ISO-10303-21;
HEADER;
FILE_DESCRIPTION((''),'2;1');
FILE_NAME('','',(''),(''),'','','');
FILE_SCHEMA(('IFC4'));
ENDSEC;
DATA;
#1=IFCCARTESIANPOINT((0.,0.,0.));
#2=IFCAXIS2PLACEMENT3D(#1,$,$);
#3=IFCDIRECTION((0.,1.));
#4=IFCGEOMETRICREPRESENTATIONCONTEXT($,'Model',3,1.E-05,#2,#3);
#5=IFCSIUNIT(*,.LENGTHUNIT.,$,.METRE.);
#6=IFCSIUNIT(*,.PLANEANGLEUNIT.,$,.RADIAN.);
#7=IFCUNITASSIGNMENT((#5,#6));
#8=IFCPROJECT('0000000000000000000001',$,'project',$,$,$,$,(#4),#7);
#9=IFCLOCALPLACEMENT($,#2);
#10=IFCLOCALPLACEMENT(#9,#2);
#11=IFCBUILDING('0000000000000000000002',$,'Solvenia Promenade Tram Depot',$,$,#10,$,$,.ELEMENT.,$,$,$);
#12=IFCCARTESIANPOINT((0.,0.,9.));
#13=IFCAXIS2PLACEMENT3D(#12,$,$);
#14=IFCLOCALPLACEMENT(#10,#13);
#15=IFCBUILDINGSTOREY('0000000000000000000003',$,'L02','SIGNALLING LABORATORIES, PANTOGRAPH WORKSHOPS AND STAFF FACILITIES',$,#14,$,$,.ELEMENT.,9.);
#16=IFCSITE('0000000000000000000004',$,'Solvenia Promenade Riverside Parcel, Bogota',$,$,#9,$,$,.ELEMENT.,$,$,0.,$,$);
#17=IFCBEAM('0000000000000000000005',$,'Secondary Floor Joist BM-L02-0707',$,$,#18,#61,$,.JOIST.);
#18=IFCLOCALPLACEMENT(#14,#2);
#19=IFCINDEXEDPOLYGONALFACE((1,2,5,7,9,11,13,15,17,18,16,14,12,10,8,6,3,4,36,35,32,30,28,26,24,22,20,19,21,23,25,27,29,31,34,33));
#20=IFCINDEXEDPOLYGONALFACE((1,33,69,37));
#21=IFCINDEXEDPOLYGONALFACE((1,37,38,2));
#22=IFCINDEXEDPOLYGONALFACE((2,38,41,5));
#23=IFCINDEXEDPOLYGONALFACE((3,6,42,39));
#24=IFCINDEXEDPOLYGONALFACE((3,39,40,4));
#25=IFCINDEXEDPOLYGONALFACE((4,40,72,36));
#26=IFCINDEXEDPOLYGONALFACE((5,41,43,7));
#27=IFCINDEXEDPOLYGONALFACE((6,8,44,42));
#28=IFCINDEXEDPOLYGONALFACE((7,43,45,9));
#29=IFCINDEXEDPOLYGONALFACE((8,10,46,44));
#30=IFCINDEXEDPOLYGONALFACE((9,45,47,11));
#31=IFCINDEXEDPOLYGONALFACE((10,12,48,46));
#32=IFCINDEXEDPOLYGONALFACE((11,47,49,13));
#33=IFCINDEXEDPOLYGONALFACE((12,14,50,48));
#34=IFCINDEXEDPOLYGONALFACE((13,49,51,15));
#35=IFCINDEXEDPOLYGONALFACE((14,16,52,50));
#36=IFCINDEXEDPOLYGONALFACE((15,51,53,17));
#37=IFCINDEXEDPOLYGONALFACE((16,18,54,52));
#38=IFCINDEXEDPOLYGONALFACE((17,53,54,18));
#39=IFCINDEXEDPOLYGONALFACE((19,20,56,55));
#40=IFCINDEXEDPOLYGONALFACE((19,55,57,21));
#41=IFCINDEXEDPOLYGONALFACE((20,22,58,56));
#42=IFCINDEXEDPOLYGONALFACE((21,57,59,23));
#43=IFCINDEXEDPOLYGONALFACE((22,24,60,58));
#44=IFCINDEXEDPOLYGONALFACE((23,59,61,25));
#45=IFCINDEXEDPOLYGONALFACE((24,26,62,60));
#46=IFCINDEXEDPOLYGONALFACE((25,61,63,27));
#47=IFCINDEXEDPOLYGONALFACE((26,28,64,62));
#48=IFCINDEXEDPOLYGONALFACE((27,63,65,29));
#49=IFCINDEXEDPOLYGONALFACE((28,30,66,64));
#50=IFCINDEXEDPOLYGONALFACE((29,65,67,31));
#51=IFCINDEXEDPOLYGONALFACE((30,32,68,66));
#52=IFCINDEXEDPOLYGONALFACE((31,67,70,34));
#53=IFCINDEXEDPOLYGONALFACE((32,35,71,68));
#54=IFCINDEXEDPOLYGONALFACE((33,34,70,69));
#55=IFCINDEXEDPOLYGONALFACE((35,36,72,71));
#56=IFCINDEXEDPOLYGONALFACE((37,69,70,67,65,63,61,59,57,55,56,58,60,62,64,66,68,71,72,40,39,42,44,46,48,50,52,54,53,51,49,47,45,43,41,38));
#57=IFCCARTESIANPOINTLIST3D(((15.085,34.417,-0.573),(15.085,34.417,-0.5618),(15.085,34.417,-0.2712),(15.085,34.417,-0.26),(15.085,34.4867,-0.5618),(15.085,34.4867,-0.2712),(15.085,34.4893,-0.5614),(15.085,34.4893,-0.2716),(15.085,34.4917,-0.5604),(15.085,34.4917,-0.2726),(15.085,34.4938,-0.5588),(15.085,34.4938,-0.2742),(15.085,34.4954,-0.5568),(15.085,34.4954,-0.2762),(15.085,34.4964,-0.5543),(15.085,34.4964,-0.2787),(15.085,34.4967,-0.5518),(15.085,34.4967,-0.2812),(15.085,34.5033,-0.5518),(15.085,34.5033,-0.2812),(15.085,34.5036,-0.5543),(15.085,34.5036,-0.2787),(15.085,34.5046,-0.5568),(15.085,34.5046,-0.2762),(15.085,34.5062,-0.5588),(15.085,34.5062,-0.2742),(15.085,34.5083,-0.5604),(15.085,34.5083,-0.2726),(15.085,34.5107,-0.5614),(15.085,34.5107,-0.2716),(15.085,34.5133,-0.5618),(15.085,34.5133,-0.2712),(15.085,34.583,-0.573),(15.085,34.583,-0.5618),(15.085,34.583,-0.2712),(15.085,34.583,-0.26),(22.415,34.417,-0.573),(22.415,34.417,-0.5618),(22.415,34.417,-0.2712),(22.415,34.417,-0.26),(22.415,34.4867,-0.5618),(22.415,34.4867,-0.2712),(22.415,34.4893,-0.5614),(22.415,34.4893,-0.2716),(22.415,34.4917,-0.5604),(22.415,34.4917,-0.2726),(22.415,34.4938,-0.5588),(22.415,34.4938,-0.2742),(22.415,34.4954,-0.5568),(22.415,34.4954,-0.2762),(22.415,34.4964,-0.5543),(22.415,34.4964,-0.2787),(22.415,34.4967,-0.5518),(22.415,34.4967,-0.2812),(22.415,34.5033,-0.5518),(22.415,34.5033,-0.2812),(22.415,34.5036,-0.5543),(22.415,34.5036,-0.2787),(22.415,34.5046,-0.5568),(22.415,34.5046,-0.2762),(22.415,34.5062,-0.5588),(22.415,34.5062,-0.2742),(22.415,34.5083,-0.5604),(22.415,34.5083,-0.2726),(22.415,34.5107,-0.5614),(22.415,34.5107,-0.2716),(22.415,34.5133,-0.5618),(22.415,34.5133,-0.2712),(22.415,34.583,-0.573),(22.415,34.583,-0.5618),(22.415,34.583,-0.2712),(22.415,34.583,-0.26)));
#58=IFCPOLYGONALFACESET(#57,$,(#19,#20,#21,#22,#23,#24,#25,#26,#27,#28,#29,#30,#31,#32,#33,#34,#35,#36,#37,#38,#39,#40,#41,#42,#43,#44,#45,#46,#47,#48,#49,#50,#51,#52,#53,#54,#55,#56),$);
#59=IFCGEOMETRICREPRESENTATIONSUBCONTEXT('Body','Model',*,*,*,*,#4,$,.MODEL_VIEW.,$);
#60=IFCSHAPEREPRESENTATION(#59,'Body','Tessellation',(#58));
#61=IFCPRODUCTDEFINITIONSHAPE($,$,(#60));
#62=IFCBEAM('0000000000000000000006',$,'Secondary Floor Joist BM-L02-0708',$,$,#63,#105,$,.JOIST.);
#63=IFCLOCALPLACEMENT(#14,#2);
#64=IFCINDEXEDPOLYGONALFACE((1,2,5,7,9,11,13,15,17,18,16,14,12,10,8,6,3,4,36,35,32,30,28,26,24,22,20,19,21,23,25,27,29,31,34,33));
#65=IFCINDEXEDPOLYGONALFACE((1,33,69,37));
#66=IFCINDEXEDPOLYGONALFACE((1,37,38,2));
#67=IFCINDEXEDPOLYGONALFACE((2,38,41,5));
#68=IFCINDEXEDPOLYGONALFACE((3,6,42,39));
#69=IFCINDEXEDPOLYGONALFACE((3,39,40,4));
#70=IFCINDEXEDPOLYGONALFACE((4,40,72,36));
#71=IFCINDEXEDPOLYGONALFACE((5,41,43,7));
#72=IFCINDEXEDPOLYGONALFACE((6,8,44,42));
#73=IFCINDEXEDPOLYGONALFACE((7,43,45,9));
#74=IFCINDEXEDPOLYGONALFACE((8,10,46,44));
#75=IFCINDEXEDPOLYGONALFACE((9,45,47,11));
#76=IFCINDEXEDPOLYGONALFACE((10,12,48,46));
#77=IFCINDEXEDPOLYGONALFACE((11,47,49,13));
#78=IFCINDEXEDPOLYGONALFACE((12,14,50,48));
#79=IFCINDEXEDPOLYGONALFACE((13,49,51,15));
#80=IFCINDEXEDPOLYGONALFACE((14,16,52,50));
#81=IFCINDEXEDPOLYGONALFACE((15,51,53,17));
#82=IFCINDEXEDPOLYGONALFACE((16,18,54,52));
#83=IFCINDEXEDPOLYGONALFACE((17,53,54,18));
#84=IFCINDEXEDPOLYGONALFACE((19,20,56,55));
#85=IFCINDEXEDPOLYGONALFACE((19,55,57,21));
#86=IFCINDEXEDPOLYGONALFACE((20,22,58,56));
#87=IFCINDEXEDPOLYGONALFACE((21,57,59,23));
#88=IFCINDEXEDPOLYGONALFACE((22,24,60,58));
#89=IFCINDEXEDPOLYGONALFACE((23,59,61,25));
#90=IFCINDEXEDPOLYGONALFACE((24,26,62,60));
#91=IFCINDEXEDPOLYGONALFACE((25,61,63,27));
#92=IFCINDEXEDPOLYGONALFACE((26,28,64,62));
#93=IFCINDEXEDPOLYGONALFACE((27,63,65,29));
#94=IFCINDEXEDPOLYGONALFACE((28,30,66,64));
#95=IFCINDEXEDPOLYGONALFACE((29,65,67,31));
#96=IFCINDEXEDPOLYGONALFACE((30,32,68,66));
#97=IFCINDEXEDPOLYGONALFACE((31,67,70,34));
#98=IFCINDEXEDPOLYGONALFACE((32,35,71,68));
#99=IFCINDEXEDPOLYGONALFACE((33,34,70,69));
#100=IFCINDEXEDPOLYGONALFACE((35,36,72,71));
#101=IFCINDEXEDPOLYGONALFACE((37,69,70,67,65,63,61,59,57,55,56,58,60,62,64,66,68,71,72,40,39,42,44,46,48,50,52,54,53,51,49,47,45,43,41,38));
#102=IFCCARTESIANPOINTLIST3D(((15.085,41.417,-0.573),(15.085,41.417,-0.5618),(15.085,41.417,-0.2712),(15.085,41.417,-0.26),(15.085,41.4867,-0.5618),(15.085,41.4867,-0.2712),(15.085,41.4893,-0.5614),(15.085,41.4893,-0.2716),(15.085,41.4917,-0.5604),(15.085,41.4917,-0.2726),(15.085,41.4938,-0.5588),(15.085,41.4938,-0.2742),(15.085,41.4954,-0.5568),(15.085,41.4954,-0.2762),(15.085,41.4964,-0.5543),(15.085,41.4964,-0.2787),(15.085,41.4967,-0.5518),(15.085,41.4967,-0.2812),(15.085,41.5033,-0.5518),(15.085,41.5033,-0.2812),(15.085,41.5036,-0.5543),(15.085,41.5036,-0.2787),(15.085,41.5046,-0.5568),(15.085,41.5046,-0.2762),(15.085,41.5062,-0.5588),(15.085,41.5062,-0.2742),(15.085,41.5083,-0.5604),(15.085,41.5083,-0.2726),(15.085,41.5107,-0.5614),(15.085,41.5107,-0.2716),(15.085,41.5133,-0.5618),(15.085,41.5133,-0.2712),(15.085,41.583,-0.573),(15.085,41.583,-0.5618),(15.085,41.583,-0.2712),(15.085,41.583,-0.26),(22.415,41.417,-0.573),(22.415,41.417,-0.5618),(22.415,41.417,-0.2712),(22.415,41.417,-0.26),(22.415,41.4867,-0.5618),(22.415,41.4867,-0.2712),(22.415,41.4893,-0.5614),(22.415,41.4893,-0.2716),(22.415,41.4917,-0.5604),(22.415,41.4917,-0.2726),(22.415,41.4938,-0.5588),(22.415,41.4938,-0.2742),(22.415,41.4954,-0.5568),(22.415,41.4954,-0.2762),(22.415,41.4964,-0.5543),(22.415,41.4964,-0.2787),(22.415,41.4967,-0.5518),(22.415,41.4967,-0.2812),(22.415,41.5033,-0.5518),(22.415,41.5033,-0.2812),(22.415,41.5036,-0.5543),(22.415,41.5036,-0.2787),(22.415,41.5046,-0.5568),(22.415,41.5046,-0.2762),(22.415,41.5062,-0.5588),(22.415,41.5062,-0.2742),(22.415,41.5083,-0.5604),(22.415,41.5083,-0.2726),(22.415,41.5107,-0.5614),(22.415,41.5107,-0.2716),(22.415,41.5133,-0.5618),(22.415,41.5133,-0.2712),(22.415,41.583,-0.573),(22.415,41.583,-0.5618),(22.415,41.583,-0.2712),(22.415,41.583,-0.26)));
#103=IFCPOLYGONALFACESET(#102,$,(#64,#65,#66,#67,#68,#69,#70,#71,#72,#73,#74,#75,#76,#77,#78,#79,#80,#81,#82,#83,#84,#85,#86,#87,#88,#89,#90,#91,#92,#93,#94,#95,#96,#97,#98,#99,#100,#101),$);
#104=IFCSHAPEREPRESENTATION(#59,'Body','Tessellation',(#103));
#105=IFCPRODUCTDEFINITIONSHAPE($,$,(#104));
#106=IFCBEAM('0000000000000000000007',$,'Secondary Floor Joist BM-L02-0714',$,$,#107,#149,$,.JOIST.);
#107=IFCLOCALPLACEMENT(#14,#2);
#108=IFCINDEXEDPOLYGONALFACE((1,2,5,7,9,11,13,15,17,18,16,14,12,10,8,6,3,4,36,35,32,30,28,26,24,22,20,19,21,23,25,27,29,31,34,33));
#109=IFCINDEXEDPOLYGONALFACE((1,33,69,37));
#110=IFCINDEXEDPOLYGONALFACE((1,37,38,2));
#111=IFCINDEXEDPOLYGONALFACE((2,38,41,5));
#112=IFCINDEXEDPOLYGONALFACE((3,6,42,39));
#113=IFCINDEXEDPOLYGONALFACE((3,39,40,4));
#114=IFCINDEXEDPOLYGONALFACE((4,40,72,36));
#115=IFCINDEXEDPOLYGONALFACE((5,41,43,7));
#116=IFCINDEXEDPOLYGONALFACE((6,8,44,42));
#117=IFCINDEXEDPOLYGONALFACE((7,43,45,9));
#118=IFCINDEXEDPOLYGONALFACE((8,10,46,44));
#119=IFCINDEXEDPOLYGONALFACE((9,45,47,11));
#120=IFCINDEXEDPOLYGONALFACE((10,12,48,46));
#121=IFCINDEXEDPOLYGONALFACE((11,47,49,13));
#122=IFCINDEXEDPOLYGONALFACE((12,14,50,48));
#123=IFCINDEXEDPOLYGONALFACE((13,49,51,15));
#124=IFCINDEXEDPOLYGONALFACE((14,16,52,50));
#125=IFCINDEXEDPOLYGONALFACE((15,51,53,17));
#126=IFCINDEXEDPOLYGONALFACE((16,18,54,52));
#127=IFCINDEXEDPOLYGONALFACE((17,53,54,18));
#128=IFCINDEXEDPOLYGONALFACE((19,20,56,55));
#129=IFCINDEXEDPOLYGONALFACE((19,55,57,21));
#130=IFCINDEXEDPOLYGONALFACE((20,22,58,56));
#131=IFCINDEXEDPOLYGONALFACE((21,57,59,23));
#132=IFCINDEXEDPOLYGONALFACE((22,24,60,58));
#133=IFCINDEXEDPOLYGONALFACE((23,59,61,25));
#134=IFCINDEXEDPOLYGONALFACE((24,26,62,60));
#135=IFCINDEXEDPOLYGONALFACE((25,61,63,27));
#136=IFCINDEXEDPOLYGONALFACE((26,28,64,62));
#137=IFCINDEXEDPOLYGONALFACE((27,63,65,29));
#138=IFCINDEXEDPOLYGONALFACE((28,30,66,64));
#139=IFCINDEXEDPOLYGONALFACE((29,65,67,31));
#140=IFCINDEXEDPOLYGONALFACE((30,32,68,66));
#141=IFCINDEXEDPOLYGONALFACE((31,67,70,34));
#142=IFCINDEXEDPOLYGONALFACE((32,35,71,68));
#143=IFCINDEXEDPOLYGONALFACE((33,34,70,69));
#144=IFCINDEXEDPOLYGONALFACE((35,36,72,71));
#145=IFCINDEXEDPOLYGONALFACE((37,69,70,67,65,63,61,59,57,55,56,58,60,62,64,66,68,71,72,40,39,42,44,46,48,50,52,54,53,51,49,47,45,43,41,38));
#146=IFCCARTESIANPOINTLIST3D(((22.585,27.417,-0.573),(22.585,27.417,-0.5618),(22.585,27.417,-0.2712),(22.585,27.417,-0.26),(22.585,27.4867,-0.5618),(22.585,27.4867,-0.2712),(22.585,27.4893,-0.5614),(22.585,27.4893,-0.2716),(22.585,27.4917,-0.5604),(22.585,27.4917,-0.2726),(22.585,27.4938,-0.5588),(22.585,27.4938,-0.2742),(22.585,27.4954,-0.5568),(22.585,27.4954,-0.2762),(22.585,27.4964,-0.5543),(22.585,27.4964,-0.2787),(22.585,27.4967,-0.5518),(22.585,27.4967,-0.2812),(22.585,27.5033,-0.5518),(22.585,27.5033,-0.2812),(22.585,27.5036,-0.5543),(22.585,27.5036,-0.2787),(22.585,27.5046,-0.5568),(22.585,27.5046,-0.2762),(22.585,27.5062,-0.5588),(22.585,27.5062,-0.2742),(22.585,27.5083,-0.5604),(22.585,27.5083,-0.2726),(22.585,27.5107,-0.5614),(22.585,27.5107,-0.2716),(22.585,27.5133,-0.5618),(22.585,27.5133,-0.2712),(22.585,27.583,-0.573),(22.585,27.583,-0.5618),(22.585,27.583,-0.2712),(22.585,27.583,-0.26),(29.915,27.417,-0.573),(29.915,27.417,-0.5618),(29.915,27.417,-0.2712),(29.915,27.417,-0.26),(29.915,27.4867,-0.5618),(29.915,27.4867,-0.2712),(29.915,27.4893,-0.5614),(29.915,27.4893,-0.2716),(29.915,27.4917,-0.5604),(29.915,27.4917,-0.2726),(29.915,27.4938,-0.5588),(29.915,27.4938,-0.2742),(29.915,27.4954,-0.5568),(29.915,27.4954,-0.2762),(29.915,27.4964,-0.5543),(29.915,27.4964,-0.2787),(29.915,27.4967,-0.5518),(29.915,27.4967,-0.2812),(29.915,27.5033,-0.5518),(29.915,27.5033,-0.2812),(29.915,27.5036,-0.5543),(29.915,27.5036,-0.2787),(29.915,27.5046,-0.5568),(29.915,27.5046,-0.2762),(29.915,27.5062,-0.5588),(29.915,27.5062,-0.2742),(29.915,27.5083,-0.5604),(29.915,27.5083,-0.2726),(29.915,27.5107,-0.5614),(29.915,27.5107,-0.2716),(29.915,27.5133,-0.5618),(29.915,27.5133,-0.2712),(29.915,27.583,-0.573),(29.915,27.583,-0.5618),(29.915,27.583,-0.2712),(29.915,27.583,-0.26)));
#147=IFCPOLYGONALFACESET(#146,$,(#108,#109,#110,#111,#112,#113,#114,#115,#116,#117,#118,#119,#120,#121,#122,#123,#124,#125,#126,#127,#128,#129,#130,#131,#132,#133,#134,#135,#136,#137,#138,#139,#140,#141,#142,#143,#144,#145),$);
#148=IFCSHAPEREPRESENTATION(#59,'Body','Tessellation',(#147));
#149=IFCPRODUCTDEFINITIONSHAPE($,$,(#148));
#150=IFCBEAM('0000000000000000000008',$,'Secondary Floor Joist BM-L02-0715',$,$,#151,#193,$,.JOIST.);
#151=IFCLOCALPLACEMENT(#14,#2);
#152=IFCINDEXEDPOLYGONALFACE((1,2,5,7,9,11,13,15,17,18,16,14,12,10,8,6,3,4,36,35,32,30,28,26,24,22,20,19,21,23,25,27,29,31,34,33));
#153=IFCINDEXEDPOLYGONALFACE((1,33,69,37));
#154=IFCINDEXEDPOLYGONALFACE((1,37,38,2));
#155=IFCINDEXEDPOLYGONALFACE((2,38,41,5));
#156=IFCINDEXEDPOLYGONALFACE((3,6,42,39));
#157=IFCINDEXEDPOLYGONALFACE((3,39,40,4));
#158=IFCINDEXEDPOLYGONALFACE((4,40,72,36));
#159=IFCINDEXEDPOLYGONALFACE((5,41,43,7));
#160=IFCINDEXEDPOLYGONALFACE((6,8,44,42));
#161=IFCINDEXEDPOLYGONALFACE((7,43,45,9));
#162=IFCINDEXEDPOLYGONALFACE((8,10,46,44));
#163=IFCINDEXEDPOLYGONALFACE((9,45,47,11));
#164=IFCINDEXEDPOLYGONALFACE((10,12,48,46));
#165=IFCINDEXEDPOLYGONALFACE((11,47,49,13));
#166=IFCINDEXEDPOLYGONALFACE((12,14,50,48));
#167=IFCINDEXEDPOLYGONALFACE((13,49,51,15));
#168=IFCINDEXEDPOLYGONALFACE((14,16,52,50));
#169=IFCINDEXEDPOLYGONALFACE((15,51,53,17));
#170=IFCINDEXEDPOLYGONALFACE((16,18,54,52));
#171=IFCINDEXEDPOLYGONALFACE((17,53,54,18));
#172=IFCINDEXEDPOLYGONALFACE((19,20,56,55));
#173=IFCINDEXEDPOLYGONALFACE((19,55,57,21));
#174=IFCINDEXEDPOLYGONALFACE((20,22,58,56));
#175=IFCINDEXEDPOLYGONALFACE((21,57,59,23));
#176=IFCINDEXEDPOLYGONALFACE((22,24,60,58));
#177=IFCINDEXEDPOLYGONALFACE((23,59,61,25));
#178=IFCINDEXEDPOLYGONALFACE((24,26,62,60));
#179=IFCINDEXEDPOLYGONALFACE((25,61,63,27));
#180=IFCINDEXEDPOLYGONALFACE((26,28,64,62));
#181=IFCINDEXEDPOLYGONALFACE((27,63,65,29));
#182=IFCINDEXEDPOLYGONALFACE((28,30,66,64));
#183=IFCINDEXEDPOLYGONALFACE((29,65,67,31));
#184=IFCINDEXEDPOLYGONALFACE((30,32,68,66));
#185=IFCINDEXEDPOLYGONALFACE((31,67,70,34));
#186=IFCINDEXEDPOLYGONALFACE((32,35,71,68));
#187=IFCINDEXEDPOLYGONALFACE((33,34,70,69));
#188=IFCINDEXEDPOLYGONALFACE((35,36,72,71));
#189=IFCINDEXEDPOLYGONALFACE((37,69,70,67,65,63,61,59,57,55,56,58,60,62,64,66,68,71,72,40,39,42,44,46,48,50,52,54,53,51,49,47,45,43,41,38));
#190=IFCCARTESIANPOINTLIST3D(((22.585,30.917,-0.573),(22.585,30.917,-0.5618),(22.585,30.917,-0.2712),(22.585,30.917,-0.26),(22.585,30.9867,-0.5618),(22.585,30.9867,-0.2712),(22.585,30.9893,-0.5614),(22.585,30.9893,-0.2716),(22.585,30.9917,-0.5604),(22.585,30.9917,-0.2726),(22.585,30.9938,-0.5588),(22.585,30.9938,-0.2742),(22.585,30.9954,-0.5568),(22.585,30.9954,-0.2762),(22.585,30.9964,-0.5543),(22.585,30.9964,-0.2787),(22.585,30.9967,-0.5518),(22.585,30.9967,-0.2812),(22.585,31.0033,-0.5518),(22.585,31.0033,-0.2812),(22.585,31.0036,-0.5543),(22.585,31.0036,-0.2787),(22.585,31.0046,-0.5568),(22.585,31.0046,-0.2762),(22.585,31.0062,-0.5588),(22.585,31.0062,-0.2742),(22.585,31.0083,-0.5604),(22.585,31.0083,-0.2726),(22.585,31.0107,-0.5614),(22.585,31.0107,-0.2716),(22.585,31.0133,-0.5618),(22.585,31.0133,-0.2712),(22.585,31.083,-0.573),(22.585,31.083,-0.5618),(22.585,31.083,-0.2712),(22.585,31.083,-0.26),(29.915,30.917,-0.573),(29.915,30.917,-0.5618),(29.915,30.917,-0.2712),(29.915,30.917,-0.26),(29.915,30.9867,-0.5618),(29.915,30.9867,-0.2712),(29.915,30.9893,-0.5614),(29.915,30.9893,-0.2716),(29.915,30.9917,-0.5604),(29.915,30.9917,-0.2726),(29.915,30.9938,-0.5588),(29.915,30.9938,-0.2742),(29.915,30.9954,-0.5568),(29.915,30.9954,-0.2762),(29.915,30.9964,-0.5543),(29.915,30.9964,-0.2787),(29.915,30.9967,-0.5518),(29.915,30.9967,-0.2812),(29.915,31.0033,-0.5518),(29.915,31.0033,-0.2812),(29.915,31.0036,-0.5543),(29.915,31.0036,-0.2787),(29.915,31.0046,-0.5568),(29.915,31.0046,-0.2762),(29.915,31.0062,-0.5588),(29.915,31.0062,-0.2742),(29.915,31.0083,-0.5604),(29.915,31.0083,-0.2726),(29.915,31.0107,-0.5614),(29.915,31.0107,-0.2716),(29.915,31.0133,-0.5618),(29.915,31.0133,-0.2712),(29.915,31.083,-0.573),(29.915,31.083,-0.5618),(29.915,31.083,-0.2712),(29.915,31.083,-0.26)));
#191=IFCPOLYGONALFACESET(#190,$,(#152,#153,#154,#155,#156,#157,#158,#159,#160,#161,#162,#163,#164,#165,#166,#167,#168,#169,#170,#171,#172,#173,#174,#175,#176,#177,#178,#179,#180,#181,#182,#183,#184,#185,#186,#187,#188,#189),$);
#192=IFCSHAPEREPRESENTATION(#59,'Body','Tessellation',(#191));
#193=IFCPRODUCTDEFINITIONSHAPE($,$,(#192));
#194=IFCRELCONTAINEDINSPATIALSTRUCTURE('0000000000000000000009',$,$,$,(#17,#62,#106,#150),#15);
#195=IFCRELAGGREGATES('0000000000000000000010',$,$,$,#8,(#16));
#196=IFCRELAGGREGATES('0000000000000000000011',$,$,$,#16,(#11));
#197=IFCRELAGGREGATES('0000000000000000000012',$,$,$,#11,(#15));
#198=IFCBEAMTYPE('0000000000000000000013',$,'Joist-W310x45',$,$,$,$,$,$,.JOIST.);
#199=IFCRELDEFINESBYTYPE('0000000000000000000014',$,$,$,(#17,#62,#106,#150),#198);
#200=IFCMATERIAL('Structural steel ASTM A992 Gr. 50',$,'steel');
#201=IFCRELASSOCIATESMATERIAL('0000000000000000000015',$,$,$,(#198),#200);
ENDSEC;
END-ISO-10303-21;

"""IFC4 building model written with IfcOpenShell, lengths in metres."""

from ifc_helpers import new_model, si_unit, direction, frame, origin, origin_2d, place, context, subcontext, project, spatial, i_section, extrude, material, material_profile, profile_set, type_object, element, save


model = new_model("IFC4")

# Units and contexts
model_context = context("Model", 3, precision=1e-05, world=origin(), true_north=direction((0.0, 1.0)))
body_context = subcontext(model_context, "Body", "Model", "MODEL_VIEW")
ifc_project = project(units=[si_unit("LENGTHUNIT", "METRE"), si_unit("PLANEANGLEUNIT", "RADIAN")], contexts=[model_context])

# Site, building, storey
site_placement = place(None, origin())
site = spatial("IfcSite", under=ifc_project, at=site_placement, Name="Solvenia Promenade Riverside Parcel, Bogota", CompositionType="ELEMENT", RefElevation=0.0)
building_placement = place(site_placement, origin())
building = spatial("IfcBuilding", under=site, at=building_placement, Name="Solvenia Promenade Tram Depot", CompositionType="ELEMENT")
storey_placement = place(building_placement, frame((0.0, 0.0, 9.0)))
storey = spatial("IfcBuildingStorey", under=building, at=storey_placement, Name="L02", Description="SIGNALLING LABORATORIES, PANTOGRAPH WORKSHOPS AND STAFF FACILITIES", CompositionType="ELEMENT", Elevation=9.0)

# Beams
ifc_material_1 = material(Name="Structural steel ASTM A992 Gr. 50", Category="steel")
ifc_material_profile_1 = material_profile(ifc_material_1, i_section(OverallWidth=0.166, OverallDepth=0.313, WebThickness=0.0066, FlangeThickness=0.0112, FilletRadius=0.01, at=origin_2d()), Name="W310x45", Category="steel")
ifc_profile_set_1 = profile_set([ifc_material_profile_1], Name="Structural steel ASTM A992 Gr. 50")
beam_type_1 = type_object("IfcBeamType", Name="Joist-W310x45", PredefinedType="JOIST", material=ifc_profile_set_1)
for number, where, z_axis, x_axis, name in (
    (1, (15.085, 34.5, -0.4165), (1.0, 0.0, 0.0), (0.0, 1.0, 0.0), "Secondary Floor Joist BM-L02-0707"),
    (2, (15.085, 41.5, -0.4165), (1.0, 0.0, 0.0), (0.0, 1.0, 0.0), "Secondary Floor Joist BM-L02-0708"),
    (3, (22.585, 27.5, -0.4165), (1.0, 0.0, 0.0), (0.0, 1.0, 0.0), "Secondary Floor Joist BM-L02-0714"),
    (4, (22.585, 31.0, -0.4165), (1.0, 0.0, 0.0), (0.0, 1.0, 0.0), "Secondary Floor Joist BM-L02-0715"),
):
    element("IfcBeam", number, at=place(storey_placement, frame(where, z_axis=z_axis, x_axis=x_axis)), inside=storey, type_object=beam_type_1, Name=name, PredefinedType="JOIST", context=body_context, shape_type="SweptSolid", body=[
        extrude(i_section(OverallWidth=0.166, OverallDepth=0.313, WebThickness=0.0066, FlangeThickness=0.0112, FilletRadius=0.01, at=origin_2d()), origin(), (0.0, 0.0, 1.0), 7.3301),
    ])

save(model, "model.ifc")
